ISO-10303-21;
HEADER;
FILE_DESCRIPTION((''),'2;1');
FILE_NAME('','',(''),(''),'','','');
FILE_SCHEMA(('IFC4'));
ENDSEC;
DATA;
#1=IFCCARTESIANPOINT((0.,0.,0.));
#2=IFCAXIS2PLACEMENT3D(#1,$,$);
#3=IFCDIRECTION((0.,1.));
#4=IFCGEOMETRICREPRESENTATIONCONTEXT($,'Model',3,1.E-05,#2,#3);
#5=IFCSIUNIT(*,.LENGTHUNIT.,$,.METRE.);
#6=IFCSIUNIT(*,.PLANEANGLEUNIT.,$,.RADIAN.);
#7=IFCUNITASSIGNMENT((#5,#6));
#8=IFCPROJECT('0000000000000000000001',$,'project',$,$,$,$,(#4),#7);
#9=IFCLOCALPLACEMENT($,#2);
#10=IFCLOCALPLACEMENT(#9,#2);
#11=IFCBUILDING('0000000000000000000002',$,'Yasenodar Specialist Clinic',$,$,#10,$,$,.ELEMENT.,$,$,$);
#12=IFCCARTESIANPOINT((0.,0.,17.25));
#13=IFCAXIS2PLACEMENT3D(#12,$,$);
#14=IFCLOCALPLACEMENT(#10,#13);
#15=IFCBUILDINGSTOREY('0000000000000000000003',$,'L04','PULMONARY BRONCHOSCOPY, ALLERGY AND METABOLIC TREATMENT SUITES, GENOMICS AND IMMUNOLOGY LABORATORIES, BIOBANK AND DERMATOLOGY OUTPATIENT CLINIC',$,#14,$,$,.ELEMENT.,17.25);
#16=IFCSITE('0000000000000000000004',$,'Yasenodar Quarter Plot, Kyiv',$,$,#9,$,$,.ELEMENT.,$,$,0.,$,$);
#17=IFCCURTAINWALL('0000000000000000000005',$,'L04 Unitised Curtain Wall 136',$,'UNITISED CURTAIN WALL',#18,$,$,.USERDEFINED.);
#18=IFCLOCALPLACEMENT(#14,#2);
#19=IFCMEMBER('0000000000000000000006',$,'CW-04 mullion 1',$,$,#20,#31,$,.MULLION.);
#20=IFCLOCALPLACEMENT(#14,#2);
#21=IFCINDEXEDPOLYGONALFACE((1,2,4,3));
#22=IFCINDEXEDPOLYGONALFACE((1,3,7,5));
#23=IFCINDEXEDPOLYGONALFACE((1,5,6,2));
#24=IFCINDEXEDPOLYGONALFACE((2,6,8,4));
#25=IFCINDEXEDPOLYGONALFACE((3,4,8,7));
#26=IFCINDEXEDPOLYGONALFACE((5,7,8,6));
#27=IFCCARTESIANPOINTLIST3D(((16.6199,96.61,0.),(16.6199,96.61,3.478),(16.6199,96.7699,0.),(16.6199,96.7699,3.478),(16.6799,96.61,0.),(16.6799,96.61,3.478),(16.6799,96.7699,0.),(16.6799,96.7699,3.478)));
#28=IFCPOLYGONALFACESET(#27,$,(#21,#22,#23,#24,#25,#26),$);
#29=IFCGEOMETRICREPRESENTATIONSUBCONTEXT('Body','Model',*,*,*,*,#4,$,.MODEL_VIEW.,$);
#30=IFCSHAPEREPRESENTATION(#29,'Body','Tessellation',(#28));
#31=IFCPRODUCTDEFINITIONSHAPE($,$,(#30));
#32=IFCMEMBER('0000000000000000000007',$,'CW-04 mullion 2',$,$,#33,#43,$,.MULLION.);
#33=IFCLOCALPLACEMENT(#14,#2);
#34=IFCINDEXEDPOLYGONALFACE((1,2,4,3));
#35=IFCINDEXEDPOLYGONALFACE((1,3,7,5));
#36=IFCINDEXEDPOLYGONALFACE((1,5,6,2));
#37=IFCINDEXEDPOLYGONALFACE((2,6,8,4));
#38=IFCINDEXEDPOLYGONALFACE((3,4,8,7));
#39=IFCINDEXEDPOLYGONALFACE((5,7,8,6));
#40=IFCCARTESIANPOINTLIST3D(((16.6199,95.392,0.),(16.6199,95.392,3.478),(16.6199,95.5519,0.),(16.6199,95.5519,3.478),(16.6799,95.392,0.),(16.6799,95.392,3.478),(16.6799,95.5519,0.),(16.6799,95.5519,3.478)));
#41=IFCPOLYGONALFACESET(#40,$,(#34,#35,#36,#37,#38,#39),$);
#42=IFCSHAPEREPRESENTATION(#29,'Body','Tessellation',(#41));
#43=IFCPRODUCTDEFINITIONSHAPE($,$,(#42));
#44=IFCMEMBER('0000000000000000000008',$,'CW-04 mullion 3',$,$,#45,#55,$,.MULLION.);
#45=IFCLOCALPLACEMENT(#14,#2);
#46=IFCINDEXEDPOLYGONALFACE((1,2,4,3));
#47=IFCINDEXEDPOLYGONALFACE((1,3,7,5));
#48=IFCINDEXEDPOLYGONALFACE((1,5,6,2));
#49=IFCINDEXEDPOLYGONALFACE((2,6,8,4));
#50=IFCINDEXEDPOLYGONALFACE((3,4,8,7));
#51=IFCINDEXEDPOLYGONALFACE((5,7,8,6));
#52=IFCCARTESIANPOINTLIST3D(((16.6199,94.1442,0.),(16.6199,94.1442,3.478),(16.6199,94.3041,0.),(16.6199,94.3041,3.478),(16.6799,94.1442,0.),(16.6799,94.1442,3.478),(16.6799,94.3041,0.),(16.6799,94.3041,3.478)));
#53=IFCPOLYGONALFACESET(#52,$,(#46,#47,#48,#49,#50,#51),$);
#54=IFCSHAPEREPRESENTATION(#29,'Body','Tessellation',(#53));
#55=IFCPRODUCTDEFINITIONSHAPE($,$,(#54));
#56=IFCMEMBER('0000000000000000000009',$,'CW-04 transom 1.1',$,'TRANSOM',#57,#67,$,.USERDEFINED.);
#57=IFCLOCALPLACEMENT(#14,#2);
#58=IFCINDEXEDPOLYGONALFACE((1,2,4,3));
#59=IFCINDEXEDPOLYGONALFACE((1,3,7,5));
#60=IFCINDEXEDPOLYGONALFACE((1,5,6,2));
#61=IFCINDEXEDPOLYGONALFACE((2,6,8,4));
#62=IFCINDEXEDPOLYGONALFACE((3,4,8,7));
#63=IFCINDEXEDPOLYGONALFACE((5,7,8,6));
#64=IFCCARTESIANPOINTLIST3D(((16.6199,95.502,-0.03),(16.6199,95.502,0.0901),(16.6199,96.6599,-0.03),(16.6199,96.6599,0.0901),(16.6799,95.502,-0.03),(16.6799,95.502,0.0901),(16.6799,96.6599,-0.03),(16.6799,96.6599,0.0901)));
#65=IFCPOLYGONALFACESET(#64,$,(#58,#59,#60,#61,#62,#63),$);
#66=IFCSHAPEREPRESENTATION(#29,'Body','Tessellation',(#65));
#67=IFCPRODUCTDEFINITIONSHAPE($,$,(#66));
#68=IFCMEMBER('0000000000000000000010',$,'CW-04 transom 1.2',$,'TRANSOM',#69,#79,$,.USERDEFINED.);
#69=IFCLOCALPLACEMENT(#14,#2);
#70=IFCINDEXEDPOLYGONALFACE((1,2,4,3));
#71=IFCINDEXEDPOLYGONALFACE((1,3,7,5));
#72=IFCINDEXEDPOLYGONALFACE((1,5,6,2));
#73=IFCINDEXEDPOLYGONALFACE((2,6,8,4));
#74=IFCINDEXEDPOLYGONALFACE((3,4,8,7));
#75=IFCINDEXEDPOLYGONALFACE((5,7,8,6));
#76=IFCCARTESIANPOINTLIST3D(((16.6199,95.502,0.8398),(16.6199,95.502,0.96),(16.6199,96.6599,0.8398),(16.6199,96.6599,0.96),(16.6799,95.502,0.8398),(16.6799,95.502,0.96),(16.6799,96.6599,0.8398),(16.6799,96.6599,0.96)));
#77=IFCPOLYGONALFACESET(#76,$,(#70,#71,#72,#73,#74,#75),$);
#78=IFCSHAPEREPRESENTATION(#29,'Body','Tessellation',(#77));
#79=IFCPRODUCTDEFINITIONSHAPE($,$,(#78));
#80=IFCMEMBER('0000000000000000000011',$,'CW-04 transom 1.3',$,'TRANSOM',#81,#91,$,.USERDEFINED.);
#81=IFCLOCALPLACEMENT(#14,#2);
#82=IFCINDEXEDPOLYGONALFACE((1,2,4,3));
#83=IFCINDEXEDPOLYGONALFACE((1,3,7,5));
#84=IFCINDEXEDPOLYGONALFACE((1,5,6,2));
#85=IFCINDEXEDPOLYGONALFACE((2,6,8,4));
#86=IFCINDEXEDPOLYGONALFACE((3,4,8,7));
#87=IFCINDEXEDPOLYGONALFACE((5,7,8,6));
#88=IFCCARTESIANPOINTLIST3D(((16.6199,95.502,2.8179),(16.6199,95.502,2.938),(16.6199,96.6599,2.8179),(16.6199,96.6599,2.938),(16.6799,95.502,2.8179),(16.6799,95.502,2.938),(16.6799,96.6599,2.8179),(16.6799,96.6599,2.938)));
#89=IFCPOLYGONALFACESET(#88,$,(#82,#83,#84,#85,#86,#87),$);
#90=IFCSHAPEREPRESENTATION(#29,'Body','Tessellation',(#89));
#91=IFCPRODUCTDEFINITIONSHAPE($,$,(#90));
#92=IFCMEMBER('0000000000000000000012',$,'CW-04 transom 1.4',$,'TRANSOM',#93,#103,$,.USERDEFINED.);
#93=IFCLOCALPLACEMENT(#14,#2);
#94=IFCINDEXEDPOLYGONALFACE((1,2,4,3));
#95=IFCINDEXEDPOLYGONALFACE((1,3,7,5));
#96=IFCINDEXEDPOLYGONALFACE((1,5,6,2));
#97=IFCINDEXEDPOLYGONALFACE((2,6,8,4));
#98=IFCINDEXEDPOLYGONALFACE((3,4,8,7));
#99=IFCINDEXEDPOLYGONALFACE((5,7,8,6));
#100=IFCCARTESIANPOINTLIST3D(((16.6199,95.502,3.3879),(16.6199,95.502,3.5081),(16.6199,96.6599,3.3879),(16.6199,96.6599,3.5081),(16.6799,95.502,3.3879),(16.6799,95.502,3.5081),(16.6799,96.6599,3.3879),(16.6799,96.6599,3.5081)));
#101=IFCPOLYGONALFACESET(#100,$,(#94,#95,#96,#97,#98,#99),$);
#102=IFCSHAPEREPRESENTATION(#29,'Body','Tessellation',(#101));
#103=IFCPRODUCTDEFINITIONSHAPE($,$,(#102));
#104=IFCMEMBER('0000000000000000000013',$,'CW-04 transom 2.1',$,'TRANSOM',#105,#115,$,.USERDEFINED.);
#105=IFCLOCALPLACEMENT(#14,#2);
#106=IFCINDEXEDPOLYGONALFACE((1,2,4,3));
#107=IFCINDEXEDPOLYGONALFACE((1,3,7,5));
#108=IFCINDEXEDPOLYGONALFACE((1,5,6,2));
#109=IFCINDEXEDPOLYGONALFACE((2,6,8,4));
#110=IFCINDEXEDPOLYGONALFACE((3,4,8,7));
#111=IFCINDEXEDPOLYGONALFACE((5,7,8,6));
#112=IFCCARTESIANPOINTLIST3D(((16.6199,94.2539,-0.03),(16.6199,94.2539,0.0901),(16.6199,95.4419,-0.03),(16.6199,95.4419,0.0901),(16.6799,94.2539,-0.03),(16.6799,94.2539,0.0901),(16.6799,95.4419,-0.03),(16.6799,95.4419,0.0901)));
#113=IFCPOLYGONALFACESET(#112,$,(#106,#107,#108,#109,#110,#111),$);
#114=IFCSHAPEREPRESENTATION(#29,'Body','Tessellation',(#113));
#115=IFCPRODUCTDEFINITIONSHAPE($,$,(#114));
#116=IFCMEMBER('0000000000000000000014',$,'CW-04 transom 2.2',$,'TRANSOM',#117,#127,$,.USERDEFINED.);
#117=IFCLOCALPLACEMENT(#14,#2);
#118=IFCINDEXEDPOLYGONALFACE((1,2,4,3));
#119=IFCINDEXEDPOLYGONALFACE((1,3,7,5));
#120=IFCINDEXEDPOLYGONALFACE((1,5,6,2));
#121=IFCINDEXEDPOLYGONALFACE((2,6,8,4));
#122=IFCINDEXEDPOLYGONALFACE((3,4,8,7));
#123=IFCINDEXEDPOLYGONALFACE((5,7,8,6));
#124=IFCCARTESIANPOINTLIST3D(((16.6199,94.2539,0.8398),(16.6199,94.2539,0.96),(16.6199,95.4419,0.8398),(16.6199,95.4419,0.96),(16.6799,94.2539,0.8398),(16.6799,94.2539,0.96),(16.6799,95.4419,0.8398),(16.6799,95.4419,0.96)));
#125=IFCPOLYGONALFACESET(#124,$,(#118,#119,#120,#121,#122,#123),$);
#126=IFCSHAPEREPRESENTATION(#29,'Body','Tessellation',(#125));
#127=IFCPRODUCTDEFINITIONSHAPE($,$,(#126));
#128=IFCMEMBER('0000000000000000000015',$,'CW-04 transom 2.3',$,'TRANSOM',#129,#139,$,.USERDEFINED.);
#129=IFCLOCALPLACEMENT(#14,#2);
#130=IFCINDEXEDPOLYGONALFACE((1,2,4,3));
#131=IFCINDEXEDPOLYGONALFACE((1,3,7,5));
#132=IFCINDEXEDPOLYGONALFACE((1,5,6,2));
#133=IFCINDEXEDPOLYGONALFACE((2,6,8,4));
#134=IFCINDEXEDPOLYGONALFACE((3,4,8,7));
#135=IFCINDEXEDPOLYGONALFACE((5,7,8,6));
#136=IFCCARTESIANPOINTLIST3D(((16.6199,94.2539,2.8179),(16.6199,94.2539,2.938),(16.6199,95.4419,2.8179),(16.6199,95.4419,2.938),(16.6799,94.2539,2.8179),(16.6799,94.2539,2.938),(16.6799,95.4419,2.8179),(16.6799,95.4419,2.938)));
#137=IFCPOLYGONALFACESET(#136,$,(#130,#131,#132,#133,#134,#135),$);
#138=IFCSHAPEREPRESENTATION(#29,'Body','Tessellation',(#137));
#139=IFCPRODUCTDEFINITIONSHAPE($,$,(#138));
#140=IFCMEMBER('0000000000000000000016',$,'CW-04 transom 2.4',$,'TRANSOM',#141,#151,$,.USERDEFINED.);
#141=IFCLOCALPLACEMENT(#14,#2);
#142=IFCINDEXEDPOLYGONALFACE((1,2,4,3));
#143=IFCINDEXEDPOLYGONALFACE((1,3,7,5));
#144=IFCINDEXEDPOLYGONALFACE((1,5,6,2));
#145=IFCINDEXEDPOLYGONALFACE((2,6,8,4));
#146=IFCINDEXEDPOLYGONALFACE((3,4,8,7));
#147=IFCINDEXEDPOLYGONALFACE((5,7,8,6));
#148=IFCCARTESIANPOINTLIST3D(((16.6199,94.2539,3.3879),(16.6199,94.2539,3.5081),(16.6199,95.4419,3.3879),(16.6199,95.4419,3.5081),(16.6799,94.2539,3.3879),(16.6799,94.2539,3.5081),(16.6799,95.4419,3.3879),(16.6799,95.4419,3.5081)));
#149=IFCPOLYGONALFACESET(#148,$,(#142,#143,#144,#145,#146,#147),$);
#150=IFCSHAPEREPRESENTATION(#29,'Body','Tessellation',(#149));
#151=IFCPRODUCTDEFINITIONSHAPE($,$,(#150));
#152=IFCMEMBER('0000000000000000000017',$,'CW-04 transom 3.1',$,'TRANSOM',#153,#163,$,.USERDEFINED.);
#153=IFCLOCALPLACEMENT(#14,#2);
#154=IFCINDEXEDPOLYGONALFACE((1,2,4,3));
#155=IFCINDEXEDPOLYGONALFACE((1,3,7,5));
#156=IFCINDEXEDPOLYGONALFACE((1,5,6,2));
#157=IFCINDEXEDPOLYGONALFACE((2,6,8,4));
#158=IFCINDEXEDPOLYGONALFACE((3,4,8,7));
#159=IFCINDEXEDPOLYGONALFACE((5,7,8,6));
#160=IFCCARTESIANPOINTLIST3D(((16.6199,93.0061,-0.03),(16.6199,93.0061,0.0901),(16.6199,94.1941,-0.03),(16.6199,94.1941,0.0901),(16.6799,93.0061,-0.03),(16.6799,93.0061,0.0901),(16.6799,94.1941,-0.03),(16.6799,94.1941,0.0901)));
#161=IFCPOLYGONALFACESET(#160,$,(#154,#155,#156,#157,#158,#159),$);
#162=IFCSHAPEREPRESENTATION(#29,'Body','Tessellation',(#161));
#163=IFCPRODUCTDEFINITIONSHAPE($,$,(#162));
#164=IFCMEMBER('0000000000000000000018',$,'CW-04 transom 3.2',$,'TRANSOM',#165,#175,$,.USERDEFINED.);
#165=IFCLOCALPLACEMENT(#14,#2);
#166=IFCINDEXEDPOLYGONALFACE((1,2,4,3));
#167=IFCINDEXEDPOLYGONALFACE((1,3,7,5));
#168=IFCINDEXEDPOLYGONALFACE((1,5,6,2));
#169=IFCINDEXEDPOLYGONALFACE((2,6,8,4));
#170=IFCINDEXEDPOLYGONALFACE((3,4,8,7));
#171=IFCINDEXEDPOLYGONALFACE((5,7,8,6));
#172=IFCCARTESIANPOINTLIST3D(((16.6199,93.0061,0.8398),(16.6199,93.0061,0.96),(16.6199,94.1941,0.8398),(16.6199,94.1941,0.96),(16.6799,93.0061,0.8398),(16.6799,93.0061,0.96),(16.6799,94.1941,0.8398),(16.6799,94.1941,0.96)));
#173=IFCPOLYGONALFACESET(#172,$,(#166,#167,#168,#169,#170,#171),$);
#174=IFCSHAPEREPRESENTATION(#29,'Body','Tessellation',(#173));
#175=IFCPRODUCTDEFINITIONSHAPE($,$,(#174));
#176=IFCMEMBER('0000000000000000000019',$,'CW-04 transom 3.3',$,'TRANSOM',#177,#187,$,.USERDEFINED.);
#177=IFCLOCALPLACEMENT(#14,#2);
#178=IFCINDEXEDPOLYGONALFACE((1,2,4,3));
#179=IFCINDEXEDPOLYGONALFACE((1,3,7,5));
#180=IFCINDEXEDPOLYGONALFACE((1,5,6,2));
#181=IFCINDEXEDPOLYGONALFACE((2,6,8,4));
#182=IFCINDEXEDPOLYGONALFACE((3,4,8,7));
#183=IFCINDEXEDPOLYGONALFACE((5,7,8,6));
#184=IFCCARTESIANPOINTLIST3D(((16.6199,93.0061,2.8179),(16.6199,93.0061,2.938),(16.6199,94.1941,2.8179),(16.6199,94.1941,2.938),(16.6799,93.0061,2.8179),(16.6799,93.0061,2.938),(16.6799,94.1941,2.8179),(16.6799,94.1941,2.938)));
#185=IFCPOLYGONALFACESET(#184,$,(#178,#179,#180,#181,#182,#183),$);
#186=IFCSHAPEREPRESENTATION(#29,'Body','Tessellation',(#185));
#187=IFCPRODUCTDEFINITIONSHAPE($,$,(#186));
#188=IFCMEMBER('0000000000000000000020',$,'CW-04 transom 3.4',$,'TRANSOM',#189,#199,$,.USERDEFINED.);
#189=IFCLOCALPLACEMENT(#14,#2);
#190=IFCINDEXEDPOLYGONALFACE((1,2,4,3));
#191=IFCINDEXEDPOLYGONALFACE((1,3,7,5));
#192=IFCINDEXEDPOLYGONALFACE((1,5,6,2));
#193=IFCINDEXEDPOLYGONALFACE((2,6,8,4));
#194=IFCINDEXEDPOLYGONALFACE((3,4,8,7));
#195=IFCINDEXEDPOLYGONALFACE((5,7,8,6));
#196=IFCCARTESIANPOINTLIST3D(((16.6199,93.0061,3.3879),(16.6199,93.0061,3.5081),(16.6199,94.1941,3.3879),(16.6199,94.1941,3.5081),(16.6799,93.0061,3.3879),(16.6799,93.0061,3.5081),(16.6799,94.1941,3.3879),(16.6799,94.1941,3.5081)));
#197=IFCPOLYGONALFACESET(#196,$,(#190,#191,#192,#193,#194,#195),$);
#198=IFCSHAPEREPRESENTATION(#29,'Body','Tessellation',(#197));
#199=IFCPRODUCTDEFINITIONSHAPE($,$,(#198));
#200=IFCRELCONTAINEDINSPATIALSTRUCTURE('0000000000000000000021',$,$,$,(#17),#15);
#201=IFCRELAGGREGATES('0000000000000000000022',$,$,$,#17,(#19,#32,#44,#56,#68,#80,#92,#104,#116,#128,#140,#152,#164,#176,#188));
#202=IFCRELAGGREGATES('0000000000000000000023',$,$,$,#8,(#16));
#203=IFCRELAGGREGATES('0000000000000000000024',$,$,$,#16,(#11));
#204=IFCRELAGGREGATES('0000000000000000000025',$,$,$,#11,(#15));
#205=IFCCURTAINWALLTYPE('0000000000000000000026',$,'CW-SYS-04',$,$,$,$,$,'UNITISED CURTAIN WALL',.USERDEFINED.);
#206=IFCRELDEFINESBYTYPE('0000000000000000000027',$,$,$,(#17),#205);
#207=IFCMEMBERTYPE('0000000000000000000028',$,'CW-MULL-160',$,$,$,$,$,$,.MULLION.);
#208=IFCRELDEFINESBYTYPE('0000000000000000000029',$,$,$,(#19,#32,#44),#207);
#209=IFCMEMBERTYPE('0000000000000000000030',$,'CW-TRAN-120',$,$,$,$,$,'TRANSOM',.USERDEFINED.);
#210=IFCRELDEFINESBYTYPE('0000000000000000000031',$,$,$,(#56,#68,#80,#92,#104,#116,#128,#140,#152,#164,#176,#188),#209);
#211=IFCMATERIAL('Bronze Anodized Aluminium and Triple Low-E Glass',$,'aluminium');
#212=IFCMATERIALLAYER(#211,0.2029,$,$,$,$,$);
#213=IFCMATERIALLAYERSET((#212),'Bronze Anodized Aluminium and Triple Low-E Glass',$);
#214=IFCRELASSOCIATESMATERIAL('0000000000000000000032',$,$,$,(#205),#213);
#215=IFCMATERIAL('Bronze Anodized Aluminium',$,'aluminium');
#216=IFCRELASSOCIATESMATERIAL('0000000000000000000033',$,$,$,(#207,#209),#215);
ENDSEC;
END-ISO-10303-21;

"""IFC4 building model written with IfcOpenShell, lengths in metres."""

from ifc_helpers import new_model, si_unit, direction, frame, origin, origin_2d, place, context, subcontext, project, spatial, rectangle, extrude, material, layer, layer_set, material_profile, profile_set, type_object, element, aggregate, save


model = new_model("IFC4")

# Units and contexts
model_context = context("Model", 3, precision=1e-05, world=origin(), true_north=direction((0.0, 1.0)))
body_context = subcontext(model_context, "Body", "Model", "MODEL_VIEW")
ifc_project = project(units=[si_unit("LENGTHUNIT", "METRE"), si_unit("PLANEANGLEUNIT", "RADIAN")], contexts=[model_context])

# Site, building, storey
site_placement = place(None, origin())
site = spatial("IfcSite", under=ifc_project, at=site_placement, Name="Yasenodar Quarter Plot, Kyiv", CompositionType="ELEMENT", RefElevation=0.0)
building_placement = place(site_placement, origin())
building = spatial("IfcBuilding", under=site, at=building_placement, Name="Yasenodar Specialist Clinic", CompositionType="ELEMENT")
storey_placement = place(building_placement, frame((0.0, 0.0, 17.25)))
storey = spatial("IfcBuildingStorey", under=building, at=storey_placement, Name="L04", Description="PULMONARY BRONCHOSCOPY, ALLERGY AND METABOLIC TREATMENT SUITES, GENOMICS AND IMMUNOLOGY LABORATORIES, BIOBANK AND DERMATOLOGY OUTPATIENT CLINIC", CompositionType="ELEMENT", Elevation=17.25)

# Curtain wall, members
ifc_material_1 = material(Name="Bronze Anodized Aluminium and Triple Low-E Glass", Category="aluminium")
ifc_layer_1 = layer(ifc_material_1, 0.2029)
ifc_layer_set_1 = layer_set([ifc_layer_1], Name="Bronze Anodized Aluminium and Triple Low-E Glass")
curtain_wall_type = type_object("IfcCurtainWallType", Name="CW-SYS-04", ElementType="UNITISED CURTAIN WALL", PredefinedType="USERDEFINED", material=ifc_layer_set_1)
curtain_wall_placement = place(storey_placement, origin())
curtain_wall = element("IfcCurtainWall", 1, at=curtain_wall_placement, inside=storey, type_object=curtain_wall_type, Name="L04 Unitised Curtain Wall 136", ObjectType="UNITISED CURTAIN WALL", PredefinedType="USERDEFINED")
ifc_material_2 = material(Name="Bronze Anodized Aluminium", Category="aluminium")
ifc_material_profile_1 = material_profile(ifc_material_2, rectangle(XDim=0.0601, YDim=0.1599, at=origin_2d()), Name="CW-MULL 60x160")
ifc_profile_set_1 = profile_set([ifc_material_profile_1], Name="Bronze Anodized Aluminium")
member_type_1 = type_object("IfcMemberType", Name="CW-MULL-160", PredefinedType="MULLION", material=ifc_profile_set_1)
member_1_placement = place(storey_placement, frame((16.6499, 96.6899, 0.0), z_axis=(0.0, 0.0, 1.0), x_axis=(1.0, 0.0, 0.0)))
member_1 = element("IfcMember", 2, at=member_1_placement, type_object=member_type_1, Name="CW-04 mullion 1", PredefinedType="MULLION", context=body_context, shape_type="SweptSolid", body=[
    extrude(rectangle(XDim=0.0601, YDim=0.1599, at=origin_2d()), origin(), (0.0, 0.0, 1.0), 3.478),
])
member_2_placement = place(storey_placement, frame((16.6499, 95.4719, 0.0), z_axis=(0.0, 0.0, 1.0), x_axis=(1.0, 0.0, 0.0)))
member_2 = element("IfcMember", 3, at=member_2_placement, type_object=member_type_1, Name="CW-04 mullion 2", PredefinedType="MULLION", context=body_context, shape_type="SweptSolid", body=[
    extrude(rectangle(XDim=0.0601, YDim=0.1599, at=origin_2d()), origin(), (0.0, 0.0, 1.0), 3.478),
])
member_3_placement = place(storey_placement, frame((16.6499, 94.2241, 0.0), z_axis=(0.0, 0.0, 1.0), x_axis=(1.0, 0.0, 0.0)))
member_3 = element("IfcMember", 4, at=member_3_placement, type_object=member_type_1, Name="CW-04 mullion 3", PredefinedType="MULLION", context=body_context, shape_type="SweptSolid", body=[
    extrude(rectangle(XDim=0.0601, YDim=0.1599, at=origin_2d()), origin(), (0.0, 0.0, 1.0), 3.478),
])
ifc_material_profile_2 = material_profile(ifc_material_2, rectangle(XDim=0.0601, YDim=0.1201, at=origin_2d()), Name="CW-TRAN 60x120")
ifc_profile_set_2 = profile_set([ifc_material_profile_2], Name="Bronze Anodized Aluminium")
member_type_2 = type_object("IfcMemberType", Name="CW-TRAN-120", ElementType="TRANSOM", PredefinedType="USERDEFINED", material=ifc_profile_set_2)
member_4_placement = place(storey_placement, frame((16.6499, 96.6599, 0.03), z_axis=(0.0, -1.0, 0.0), x_axis=(1.0, 0.0, 0.0)))
member_4 = element("IfcMember", 5, at=member_4_placement, type_object=member_type_2, Name="CW-04 transom 1.1", ObjectType="TRANSOM", PredefinedType="USERDEFINED", context=body_context, shape_type="SweptSolid", body=[
    extrude(rectangle(XDim=0.0601, YDim=0.1201, at=origin_2d()), origin(), (0.0, 0.0, 1.0), 1.158),
])
member_5_placement = place(storey_placement, frame((16.6499, 96.6599, 0.8999), z_axis=(0.0, -1.0, 0.0), x_axis=(1.0, 0.0, 0.0)))
member_5 = element("IfcMember", 6, at=member_5_placement, type_object=member_type_2, Name="CW-04 transom 1.2", ObjectType="TRANSOM", PredefinedType="USERDEFINED", context=body_context, shape_type="SweptSolid", body=[
    extrude(rectangle(XDim=0.0601, YDim=0.1201, at=origin_2d()), origin(), (0.0, 0.0, 1.0), 1.158),
])
member_6_placement = place(storey_placement, frame((16.6499, 96.6599, 2.8779), z_axis=(0.0, -1.0, 0.0), x_axis=(1.0, 0.0, 0.0)))
member_6 = element("IfcMember", 7, at=member_6_placement, type_object=member_type_2, Name="CW-04 transom 1.3", ObjectType="TRANSOM", PredefinedType="USERDEFINED", context=body_context, shape_type="SweptSolid", body=[
    extrude(rectangle(XDim=0.0601, YDim=0.1201, at=origin_2d()), origin(), (0.0, 0.0, 1.0), 1.158),
])
member_7_placement = place(storey_placement, frame((16.6499, 96.6599, 3.448), z_axis=(0.0, -1.0, 0.0), x_axis=(1.0, 0.0, 0.0)))
member_7 = element("IfcMember", 8, at=member_7_placement, type_object=member_type_2, Name="CW-04 transom 1.4", ObjectType="TRANSOM", PredefinedType="USERDEFINED", context=body_context, shape_type="SweptSolid", body=[
    extrude(rectangle(XDim=0.0601, YDim=0.1201, at=origin_2d()), origin(), (0.0, 0.0, 1.0), 1.158),
])
member_8_placement = place(storey_placement, frame((16.6499, 95.4419, 0.03), z_axis=(0.0, -1.0, 0.0), x_axis=(1.0, 0.0, 0.0)))
member_8 = element("IfcMember", 9, at=member_8_placement, type_object=member_type_2, Name="CW-04 transom 2.1", ObjectType="TRANSOM", PredefinedType="USERDEFINED", context=body_context, shape_type="SweptSolid", body=[
    extrude(rectangle(XDim=0.0601, YDim=0.1201, at=origin_2d()), origin(), (0.0, 0.0, 1.0), 1.188),
])
member_9_placement = place(storey_placement, frame((16.6499, 95.4419, 0.8999), z_axis=(0.0, -1.0, 0.0), x_axis=(1.0, 0.0, 0.0)))
member_9 = element("IfcMember", 10, at=member_9_placement, type_object=member_type_2, Name="CW-04 transom 2.2", ObjectType="TRANSOM", PredefinedType="USERDEFINED", context=body_context, shape_type="SweptSolid", body=[
    extrude(rectangle(XDim=0.0601, YDim=0.1201, at=origin_2d()), origin(), (0.0, 0.0, 1.0), 1.188),
])
member_10_placement = place(storey_placement, frame((16.6499, 95.4419, 2.8779), z_axis=(0.0, -1.0, 0.0), x_axis=(1.0, 0.0, 0.0)))
member_10 = element("IfcMember", 11, at=member_10_placement, type_object=member_type_2, Name="CW-04 transom 2.3", ObjectType="TRANSOM", PredefinedType="USERDEFINED", context=body_context, shape_type="SweptSolid", body=[
    extrude(rectangle(XDim=0.0601, YDim=0.1201, at=origin_2d()), origin(), (0.0, 0.0, 1.0), 1.188),
])
member_11_placement = place(storey_placement, frame((16.6499, 95.4419, 3.448), z_axis=(0.0, -1.0, 0.0), x_axis=(1.0, 0.0, 0.0)))
member_11 = element("IfcMember", 12, at=member_11_placement, type_object=member_type_2, Name="CW-04 transom 2.4", ObjectType="TRANSOM", PredefinedType="USERDEFINED", context=body_context, shape_type="SweptSolid", body=[
    extrude(rectangle(XDim=0.0601, YDim=0.1201, at=origin_2d()), origin(), (0.0, 0.0, 1.0), 1.188),
])
member_12_placement = place(storey_placement, frame((16.6499, 94.1941, 0.03), z_axis=(0.0, -1.0, 0.0), x_axis=(1.0, 0.0, 0.0)))
member_12 = element("IfcMember", 13, at=member_12_placement, type_object=member_type_2, Name="CW-04 transom 3.1", ObjectType="TRANSOM", PredefinedType="USERDEFINED", context=body_context, shape_type="SweptSolid", body=[
    extrude(rectangle(XDim=0.0601, YDim=0.1201, at=origin_2d()), origin(), (0.0, 0.0, 1.0), 1.188),
])
member_13_placement = place(storey_placement, frame((16.6499, 94.1941, 0.8999), z_axis=(0.0, -1.0, 0.0), x_axis=(1.0, 0.0, 0.0)))
member_13 = element("IfcMember", 14, at=member_13_placement, type_object=member_type_2, Name="CW-04 transom 3.2", ObjectType="TRANSOM", PredefinedType="USERDEFINED", context=body_context, shape_type="SweptSolid", body=[
    extrude(rectangle(XDim=0.0601, YDim=0.1201, at=origin_2d()), origin(), (0.0, 0.0, 1.0), 1.188),
])
member_14_placement = place(storey_placement, frame((16.6499, 94.1941, 2.8779), z_axis=(0.0, -1.0, 0.0), x_axis=(1.0, 0.0, 0.0)))
member_14 = element("IfcMember", 15, at=member_14_placement, type_object=member_type_2, Name="CW-04 transom 3.3", ObjectType="TRANSOM", PredefinedType="USERDEFINED", context=body_context, shape_type="SweptSolid", body=[
    extrude(rectangle(XDim=0.0601, YDim=0.1201, at=origin_2d()), origin(), (0.0, 0.0, 1.0), 1.188),
])
member_15_placement = place(storey_placement, frame((16.6499, 94.1941, 3.448), z_axis=(0.0, -1.0, 0.0), x_axis=(1.0, 0.0, 0.0)))
member_15 = element("IfcMember", 16, at=member_15_placement, type_object=member_type_2, Name="CW-04 transom 3.4", ObjectType="TRANSOM", PredefinedType="USERDEFINED", context=body_context, shape_type="SweptSolid", body=[
    extrude(rectangle(XDim=0.0601, YDim=0.1201, at=origin_2d()), origin(), (0.0, 0.0, 1.0), 1.188),
])

aggregate(curtain_wall, [member_1, member_2, member_3, member_4, member_5, member_6, member_7, member_8, member_9, member_10, member_11, member_12, member_13, member_14, member_15])

save(model, "model.ifc")
